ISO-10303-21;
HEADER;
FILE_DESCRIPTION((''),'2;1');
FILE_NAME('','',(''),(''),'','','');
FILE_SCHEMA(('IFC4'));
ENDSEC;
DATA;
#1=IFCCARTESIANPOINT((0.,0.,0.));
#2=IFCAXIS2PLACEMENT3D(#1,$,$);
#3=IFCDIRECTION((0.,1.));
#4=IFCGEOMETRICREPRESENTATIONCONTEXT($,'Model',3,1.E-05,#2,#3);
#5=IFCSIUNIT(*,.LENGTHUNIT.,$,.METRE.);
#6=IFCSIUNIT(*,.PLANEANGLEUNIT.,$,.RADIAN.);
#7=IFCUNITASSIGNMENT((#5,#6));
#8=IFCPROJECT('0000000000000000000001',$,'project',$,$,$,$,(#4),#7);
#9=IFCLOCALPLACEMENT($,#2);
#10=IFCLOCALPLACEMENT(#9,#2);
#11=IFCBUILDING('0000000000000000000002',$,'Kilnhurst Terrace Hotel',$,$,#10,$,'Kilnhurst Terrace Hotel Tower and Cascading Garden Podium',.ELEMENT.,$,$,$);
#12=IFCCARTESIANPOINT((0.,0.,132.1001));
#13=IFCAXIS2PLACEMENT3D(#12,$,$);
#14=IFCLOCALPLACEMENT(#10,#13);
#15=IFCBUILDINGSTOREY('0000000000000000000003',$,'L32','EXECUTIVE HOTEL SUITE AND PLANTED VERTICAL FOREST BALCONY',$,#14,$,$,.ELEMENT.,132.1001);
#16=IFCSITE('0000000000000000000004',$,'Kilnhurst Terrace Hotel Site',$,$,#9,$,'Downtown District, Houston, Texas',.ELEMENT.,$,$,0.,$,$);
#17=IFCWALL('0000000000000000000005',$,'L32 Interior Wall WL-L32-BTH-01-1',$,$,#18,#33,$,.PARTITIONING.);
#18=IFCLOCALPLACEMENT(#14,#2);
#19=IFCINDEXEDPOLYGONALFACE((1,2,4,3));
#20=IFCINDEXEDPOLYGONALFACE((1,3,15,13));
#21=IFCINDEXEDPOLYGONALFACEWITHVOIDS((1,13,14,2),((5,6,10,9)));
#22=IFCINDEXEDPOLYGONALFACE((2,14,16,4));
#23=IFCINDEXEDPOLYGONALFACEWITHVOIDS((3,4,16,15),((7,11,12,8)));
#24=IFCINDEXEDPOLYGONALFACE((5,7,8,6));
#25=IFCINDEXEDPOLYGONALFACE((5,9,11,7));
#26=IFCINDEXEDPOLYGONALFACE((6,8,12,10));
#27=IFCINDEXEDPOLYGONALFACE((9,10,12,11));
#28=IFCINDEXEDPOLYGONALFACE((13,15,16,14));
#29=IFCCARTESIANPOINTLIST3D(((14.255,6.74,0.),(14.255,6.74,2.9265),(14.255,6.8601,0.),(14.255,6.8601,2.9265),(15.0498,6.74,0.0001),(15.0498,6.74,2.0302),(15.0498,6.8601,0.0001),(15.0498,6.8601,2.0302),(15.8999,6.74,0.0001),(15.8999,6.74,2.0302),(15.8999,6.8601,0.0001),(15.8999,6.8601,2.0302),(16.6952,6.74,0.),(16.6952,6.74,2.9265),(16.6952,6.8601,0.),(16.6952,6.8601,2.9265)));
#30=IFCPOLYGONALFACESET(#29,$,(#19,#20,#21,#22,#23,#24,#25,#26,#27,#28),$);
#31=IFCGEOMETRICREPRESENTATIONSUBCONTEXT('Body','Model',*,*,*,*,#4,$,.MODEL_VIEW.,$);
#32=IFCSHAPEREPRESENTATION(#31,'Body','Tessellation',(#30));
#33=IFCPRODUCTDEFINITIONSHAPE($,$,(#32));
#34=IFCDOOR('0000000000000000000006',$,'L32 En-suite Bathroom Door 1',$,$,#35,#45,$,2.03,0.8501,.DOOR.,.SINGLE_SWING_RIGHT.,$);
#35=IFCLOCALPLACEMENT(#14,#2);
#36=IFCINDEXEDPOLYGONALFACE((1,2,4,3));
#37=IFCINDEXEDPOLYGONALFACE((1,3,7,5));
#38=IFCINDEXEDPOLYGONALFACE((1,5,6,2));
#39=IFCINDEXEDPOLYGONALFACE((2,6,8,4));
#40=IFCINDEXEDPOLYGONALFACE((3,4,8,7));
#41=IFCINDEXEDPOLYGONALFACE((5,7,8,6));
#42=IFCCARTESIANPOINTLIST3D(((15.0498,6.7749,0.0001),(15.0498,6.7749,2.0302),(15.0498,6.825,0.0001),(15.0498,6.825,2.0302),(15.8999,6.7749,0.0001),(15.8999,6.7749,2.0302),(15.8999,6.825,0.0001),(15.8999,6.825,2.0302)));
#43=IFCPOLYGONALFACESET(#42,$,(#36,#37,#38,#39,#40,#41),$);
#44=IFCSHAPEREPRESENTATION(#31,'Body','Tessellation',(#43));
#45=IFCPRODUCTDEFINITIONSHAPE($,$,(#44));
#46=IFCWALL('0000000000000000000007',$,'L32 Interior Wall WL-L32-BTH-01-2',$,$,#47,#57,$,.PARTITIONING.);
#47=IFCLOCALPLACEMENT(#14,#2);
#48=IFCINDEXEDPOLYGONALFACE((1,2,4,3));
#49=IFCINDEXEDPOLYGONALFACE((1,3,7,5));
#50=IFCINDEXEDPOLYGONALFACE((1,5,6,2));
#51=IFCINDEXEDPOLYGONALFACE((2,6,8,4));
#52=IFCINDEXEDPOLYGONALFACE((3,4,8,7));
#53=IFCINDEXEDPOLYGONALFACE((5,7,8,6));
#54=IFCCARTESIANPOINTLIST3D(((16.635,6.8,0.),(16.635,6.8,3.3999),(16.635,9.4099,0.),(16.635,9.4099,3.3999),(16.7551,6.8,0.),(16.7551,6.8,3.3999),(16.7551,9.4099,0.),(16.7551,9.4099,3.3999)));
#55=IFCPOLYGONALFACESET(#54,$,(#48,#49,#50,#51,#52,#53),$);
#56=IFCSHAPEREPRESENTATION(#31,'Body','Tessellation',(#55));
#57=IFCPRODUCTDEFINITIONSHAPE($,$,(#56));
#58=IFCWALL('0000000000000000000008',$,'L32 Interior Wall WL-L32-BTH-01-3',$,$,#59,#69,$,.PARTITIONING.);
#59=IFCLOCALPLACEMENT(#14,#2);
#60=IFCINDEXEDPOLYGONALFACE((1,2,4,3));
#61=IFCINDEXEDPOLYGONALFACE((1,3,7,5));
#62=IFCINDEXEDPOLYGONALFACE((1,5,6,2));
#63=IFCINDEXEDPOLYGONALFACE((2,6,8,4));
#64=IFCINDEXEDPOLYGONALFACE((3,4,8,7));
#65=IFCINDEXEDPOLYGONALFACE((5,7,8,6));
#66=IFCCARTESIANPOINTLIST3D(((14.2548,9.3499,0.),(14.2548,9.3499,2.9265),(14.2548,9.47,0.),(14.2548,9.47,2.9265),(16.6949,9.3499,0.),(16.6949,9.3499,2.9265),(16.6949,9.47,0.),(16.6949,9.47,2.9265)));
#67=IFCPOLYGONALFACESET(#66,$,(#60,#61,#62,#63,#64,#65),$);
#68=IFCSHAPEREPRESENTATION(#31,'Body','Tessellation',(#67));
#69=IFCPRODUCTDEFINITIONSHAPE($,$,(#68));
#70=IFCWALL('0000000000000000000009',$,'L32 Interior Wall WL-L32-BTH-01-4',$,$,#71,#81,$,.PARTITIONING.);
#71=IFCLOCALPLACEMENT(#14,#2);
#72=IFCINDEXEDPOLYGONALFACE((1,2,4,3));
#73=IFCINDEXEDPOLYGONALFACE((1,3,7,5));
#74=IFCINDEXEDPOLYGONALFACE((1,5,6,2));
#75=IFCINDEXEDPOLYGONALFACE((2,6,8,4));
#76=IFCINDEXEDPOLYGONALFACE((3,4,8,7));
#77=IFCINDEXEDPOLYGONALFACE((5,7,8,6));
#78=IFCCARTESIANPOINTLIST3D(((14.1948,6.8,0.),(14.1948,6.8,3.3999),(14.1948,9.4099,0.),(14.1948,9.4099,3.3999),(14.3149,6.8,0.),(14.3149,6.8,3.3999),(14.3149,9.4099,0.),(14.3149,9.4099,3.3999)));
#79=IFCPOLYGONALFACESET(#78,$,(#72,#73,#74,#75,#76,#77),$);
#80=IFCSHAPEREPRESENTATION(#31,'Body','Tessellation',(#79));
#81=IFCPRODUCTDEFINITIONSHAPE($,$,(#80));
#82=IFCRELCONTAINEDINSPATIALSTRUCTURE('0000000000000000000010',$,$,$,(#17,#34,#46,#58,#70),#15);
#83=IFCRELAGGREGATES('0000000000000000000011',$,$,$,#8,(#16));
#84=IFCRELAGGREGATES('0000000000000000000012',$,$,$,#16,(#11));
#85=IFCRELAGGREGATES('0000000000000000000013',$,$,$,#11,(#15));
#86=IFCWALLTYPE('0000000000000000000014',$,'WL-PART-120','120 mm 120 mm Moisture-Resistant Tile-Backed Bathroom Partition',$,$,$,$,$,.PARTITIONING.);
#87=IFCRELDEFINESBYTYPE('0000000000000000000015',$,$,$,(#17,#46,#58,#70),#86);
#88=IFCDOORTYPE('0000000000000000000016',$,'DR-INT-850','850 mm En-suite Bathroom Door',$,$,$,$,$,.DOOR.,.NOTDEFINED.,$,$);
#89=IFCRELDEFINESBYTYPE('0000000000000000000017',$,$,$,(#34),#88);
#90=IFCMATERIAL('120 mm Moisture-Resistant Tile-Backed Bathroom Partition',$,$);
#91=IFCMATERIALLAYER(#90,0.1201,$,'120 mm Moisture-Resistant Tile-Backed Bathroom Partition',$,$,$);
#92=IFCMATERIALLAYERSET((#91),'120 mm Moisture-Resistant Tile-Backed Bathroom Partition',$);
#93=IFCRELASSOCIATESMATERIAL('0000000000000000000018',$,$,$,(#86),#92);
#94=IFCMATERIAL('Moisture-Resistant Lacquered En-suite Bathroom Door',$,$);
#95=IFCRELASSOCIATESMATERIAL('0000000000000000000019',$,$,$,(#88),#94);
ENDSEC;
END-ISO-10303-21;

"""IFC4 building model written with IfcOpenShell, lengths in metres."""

from ifc_helpers import new_model, si_unit, direction, frame, frame_2d, origin, place, context, subcontext, project, spatial, rectangle, extrude, material, layer, layer_set, type_object, element, fill, save


model = new_model("IFC4")

# Units and contexts
model_context = context("Model", 3, precision=1e-05, world=origin(), true_north=direction((0.0, 1.0)))
body_context = subcontext(model_context, "Body", "Model", "MODEL_VIEW")
ifc_project = project(units=[si_unit("LENGTHUNIT", "METRE"), si_unit("PLANEANGLEUNIT", "RADIAN")], contexts=[model_context])

# Site, building, storey
site_placement = place(None, origin())
site = spatial("IfcSite", under=ifc_project, at=site_placement, Name="Kilnhurst Terrace Hotel Site", LongName="Downtown District, Houston, Texas", CompositionType="ELEMENT", RefElevation=0.0)
building_placement = place(site_placement, origin())
building = spatial("IfcBuilding", under=site, at=building_placement, Name="Kilnhurst Terrace Hotel", LongName="Kilnhurst Terrace Hotel Tower and Cascading Garden Podium", CompositionType="ELEMENT")
storey_placement = place(building_placement, frame((0.0, 0.0, 132.1001)))
storey = spatial("IfcBuildingStorey", under=building, at=storey_placement, Name="L32", Description="EXECUTIVE HOTEL SUITE AND PLANTED VERTICAL FOREST BALCONY", CompositionType="ELEMENT", Elevation=132.1001)

# Wall, opening, door
ifc_material_1 = material(Name="120 mm Moisture-Resistant Tile-Backed Bathroom Partition")
ifc_layer_1 = layer(ifc_material_1, 0.1201, Name="120 mm Moisture-Resistant Tile-Backed Bathroom Partition")
ifc_layer_set_1 = layer_set([ifc_layer_1], Name="120 mm Moisture-Resistant Tile-Backed Bathroom Partition")
wall_type_1 = type_object("IfcWallType", Name="WL-PART-120", Description="120 mm 120 mm Moisture-Resistant Tile-Backed Bathroom Partition", PredefinedType="PARTITIONING", material=ifc_layer_set_1)
wall_1_placement = place(storey_placement, frame((14.2549, 6.8, 0.0), z_axis=(0.0, 0.0, 1.0), x_axis=(1.0, 0.0, 0.0)))
wall_1 = element("IfcWall", 1, at=wall_1_placement, inside=storey, type_object=wall_type_1, Name="L32 Interior Wall WL-L32-BTH-01-1", PredefinedType="PARTITIONING", context=body_context, shape_type="SweptSolid", body=[
    extrude(rectangle(XDim=2.4402, YDim=0.1201, at=frame_2d((1.2202, 0.0))), origin(), (0.0, 0.0, 1.0), 2.9265),
])
opening_placement = place(wall_1_placement, frame((0.7949, 0.0, 0.0)))
opening = element("IfcOpeningElement", 2, at=opening_placement, cuts=wall_1, PredefinedType="OPENING", context=body_context, shape_type="SweptSolid", body=[
    extrude(rectangle(XDim=0.8501, YDim=2.03, at=frame_2d((0.425, 1.0151))), frame((0.0, 0.0701, 0.0), z_axis=(0.0, -1.0, 0.0), x_axis=(1.0, 0.0, 0.0)), (0.0, 0.0, 1.0), 0.1401),
])
ifc_material_2 = material(Name="Moisture-Resistant Lacquered En-suite Bathroom Door")
door_type = type_object("IfcDoorType", Name="DR-INT-850", Description="850 mm En-suite Bathroom Door", OperationType="NOTDEFINED", PredefinedType="DOOR", material=ifc_material_2)
door_placement = place(opening_placement, origin())
door = element("IfcDoor", 3, at=door_placement, inside=storey, type_object=door_type, Name="L32 En-suite Bathroom Door 1", OperationType="SINGLE_SWING_RIGHT", OverallHeight=2.03, OverallWidth=0.8501, PredefinedType="DOOR", context=body_context, shape_type="SweptSolid", body=[
    extrude(rectangle(XDim=0.8501, YDim=2.03, at=frame_2d((0.425, 1.0151))), frame((0.0, 0.0249, 0.0), z_axis=(0.0, -1.0, 0.0), x_axis=(1.0, 0.0, 0.0)), (0.0, 0.0, 1.0), 0.05),
])
fill(opening, door)

# Walls
wall_2_placement = place(storey_placement, frame((16.6951, 6.8, 0.0), z_axis=(0.0, 0.0, 1.0), x_axis=(0.0, 1.0, 0.0)))
element("IfcWall", 4, at=wall_2_placement, inside=storey, type_object=wall_type_1, Name="L32 Interior Wall WL-L32-BTH-01-2", PredefinedType="PARTITIONING", context=body_context, shape_type="SweptSolid", body=[
    extrude(rectangle(XDim=2.6099, YDim=0.1201, at=frame_2d((1.3049, 0.0))), origin(), (0.0, 0.0, 1.0), 3.3999),
])
wall_3_placement = place(storey_placement, frame((16.6951, 9.4099, 0.0), z_axis=(0.0, 0.0, 1.0), x_axis=(-1.0, 0.0, 0.0)))
element("IfcWall", 5, at=wall_3_placement, inside=storey, type_object=wall_type_1, Name="L32 Interior Wall WL-L32-BTH-01-3", PredefinedType="PARTITIONING", context=body_context, shape_type="SweptSolid", body=[
    extrude(rectangle(XDim=2.4402, YDim=0.1201, at=frame_2d((1.2202, 0.0))), origin(), (0.0, 0.0, 1.0), 2.9265),
])
wall_4_placement = place(storey_placement, frame((14.2549, 9.4099, 0.0), z_axis=(0.0, 0.0, 1.0), x_axis=(0.0, -1.0, 0.0)))
element("IfcWall", 6, at=wall_4_placement, inside=storey, type_object=wall_type_1, Name="L32 Interior Wall WL-L32-BTH-01-4", PredefinedType="PARTITIONING", context=body_context, shape_type="SweptSolid", body=[
    extrude(rectangle(XDim=2.6099, YDim=0.1201, at=frame_2d((1.3049, 0.0))), origin(), (0.0, 0.0, 1.0), 3.3999),
])

save(model, "model.ifc")
